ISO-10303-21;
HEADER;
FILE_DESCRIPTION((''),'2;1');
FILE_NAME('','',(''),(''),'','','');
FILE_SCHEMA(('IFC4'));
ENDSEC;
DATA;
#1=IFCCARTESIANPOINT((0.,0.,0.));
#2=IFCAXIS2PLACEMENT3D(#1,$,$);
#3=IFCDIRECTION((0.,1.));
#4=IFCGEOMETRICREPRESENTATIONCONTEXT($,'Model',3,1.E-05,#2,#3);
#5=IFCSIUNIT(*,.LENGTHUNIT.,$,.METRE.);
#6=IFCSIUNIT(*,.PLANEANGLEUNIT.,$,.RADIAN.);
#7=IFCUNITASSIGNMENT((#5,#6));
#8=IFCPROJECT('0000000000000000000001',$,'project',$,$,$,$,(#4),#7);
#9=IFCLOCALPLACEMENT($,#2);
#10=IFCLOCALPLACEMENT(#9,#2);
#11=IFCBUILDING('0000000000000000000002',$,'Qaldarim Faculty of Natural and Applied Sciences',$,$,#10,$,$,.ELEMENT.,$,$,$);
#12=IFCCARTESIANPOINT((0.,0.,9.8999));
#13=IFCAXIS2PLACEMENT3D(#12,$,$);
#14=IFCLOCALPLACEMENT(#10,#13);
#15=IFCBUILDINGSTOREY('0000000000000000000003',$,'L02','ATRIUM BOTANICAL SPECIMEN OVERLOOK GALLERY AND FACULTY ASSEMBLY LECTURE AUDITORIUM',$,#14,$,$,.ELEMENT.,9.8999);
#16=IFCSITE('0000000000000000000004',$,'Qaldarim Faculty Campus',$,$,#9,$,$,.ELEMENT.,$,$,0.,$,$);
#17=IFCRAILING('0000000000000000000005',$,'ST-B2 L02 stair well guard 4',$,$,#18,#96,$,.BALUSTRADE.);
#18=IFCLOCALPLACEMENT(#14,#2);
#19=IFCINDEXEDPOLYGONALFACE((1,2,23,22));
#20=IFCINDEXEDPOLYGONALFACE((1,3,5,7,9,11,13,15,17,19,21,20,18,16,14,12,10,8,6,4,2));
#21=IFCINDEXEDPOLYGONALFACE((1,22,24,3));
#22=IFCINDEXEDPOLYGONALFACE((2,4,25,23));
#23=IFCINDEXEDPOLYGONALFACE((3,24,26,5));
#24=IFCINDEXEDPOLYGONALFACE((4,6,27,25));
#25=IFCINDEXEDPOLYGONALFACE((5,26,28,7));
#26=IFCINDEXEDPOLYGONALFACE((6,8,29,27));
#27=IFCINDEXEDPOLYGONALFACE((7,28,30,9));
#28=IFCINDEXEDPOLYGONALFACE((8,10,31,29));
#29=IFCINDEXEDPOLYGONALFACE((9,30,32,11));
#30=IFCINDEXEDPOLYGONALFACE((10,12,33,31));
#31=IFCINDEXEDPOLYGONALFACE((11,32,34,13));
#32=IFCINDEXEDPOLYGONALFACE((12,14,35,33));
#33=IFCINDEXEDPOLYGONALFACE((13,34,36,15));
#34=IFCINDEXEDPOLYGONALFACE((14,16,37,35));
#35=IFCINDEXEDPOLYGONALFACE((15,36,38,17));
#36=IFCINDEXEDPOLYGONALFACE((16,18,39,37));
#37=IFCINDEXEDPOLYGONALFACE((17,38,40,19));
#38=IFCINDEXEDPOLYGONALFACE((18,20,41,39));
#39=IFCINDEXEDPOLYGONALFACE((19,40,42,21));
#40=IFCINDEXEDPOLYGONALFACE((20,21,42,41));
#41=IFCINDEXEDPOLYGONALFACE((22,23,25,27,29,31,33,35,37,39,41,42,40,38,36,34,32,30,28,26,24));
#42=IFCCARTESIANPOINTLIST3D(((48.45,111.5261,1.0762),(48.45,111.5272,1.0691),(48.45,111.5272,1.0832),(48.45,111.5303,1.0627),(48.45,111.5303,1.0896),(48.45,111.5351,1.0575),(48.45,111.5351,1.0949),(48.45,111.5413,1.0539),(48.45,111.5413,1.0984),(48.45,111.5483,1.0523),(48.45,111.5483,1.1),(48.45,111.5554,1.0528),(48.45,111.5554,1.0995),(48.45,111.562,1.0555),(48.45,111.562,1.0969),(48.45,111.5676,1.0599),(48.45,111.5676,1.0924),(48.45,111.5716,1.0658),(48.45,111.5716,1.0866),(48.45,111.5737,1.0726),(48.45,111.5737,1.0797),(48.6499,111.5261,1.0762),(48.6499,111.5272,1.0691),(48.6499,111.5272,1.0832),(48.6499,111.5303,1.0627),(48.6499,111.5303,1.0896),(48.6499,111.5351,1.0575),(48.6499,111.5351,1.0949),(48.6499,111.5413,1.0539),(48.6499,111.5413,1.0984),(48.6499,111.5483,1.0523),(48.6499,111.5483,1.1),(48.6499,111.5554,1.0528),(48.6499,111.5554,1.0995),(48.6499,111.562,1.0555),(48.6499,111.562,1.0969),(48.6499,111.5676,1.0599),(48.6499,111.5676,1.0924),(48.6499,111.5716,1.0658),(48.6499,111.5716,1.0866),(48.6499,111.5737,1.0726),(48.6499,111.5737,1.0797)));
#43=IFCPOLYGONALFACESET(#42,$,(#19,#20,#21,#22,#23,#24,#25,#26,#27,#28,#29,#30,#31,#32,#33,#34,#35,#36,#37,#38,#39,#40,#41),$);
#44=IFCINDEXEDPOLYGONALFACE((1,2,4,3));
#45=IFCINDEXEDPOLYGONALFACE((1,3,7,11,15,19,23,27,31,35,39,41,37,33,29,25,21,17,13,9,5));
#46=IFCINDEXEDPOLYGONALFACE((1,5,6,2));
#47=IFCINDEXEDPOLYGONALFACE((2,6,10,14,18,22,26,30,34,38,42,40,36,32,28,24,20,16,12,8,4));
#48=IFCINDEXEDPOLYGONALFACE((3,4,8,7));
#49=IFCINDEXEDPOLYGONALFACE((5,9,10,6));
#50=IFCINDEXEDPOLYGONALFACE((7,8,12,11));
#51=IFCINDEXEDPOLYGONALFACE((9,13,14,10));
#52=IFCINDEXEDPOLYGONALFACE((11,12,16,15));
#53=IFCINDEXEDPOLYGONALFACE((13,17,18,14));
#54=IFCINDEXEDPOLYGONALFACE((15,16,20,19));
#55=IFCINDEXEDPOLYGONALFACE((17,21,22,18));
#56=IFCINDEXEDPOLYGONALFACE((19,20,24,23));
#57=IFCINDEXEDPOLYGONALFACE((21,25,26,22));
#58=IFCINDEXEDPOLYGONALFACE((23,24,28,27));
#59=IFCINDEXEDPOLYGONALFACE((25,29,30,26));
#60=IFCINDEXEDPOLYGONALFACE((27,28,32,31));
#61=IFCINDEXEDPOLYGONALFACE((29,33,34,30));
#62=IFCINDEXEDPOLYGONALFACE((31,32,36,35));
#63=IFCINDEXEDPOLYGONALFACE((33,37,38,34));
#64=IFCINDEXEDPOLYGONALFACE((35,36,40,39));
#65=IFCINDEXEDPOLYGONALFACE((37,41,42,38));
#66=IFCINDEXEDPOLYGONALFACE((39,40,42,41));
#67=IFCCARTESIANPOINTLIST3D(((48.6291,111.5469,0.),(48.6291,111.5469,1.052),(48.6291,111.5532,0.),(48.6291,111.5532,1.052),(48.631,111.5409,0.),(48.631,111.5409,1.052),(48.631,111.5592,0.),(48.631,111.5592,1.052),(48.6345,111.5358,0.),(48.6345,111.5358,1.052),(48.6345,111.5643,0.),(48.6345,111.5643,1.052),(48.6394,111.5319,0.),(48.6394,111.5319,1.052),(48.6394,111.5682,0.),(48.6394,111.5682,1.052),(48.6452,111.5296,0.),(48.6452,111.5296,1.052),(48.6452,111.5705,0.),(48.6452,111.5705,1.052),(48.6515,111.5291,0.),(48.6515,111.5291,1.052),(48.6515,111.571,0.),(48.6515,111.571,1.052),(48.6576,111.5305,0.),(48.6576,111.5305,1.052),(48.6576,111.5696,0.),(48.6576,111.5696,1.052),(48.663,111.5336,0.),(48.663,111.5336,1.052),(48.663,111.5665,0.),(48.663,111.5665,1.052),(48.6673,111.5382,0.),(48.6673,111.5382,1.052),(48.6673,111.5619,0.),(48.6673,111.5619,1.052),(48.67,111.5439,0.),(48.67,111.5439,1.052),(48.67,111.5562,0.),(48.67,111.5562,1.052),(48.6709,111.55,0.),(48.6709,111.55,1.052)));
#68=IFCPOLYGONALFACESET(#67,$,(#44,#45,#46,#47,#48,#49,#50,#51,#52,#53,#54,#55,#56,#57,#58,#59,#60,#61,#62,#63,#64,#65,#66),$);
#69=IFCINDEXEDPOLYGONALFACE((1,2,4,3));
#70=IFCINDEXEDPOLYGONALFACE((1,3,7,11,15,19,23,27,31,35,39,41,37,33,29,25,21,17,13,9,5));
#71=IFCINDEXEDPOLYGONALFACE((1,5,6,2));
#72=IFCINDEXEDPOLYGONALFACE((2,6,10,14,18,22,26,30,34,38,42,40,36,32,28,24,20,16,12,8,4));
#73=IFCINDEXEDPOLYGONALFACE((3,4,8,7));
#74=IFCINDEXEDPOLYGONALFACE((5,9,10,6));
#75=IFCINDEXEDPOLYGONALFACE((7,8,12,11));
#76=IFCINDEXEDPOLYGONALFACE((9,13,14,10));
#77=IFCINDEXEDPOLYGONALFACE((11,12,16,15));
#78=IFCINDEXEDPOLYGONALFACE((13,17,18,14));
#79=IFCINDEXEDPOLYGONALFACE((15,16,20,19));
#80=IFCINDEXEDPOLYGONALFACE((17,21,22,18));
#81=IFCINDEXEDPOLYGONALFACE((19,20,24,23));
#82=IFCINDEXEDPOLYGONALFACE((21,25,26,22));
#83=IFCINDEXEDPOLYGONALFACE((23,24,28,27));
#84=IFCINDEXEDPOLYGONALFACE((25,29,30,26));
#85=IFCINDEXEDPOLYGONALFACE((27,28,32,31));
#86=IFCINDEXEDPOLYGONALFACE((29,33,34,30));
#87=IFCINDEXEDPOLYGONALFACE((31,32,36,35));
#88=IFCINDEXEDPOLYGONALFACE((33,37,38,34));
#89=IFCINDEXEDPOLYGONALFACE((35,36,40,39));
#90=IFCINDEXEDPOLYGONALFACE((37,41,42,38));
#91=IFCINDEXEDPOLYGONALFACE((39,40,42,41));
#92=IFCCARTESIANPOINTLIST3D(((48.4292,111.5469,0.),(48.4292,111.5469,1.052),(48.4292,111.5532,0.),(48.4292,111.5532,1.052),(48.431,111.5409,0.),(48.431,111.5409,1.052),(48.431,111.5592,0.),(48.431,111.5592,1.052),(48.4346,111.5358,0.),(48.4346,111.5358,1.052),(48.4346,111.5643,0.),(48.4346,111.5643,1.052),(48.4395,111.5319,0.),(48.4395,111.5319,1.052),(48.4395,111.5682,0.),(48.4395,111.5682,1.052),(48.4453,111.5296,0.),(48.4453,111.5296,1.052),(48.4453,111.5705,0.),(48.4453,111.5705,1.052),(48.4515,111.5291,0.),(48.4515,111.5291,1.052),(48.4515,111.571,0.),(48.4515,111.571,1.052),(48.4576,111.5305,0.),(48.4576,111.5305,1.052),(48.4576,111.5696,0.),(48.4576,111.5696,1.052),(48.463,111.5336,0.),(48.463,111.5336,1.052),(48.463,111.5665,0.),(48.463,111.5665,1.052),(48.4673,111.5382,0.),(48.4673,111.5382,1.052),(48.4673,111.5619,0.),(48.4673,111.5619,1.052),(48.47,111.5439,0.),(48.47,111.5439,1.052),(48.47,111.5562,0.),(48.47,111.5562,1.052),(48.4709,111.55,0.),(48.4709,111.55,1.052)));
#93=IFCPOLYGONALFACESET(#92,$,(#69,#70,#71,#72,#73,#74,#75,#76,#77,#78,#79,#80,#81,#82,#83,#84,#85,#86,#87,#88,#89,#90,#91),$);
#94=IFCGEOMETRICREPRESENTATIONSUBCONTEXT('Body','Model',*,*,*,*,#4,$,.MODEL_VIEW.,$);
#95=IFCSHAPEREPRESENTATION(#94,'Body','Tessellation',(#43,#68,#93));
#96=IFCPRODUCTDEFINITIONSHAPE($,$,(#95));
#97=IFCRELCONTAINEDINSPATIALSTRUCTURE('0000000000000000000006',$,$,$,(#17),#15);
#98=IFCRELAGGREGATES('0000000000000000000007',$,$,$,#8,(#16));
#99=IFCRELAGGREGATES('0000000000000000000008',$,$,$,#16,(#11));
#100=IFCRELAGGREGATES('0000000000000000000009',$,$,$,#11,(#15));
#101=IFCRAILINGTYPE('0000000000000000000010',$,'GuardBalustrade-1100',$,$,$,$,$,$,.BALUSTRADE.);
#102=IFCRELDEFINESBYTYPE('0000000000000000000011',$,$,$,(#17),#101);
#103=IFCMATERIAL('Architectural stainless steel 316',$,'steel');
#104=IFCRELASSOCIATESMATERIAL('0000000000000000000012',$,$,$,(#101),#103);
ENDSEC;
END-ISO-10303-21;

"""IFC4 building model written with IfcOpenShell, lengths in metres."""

from ifc_helpers import new_model, si_unit, direction, frame, origin, origin_2d, place, context, subcontext, project, spatial, circle, extrude, material, type_object, element, save


model = new_model("IFC4")

# Units and contexts
model_context = context("Model", 3, precision=1e-05, world=origin(), true_north=direction((0.0, 1.0)))
body_context = subcontext(model_context, "Body", "Model", "MODEL_VIEW")
ifc_project = project(units=[si_unit("LENGTHUNIT", "METRE"), si_unit("PLANEANGLEUNIT", "RADIAN")], contexts=[model_context])

# Site, building, storey
site_placement = place(None, origin())
site = spatial("IfcSite", under=ifc_project, at=site_placement, Name="Qaldarim Faculty Campus", CompositionType="ELEMENT", RefElevation=0.0)
building_placement = place(site_placement, origin())
building = spatial("IfcBuilding", under=site, at=building_placement, Name="Qaldarim Faculty of Natural and Applied Sciences", CompositionType="ELEMENT")
storey_placement = place(building_placement, frame((0.0, 0.0, 9.8999)))
storey = spatial("IfcBuildingStorey", under=building, at=storey_placement, Name="L02", Description="ATRIUM BOTANICAL SPECIMEN OVERLOOK GALLERY AND FACULTY ASSEMBLY LECTURE AUDITORIUM", CompositionType="ELEMENT", Elevation=9.8999)

# Shared definitions
ifc_material_1 = material(Name="Architectural stainless steel 316", Category="steel")

# Railing
railing_type_1 = type_object("IfcRailingType", Name="GuardBalustrade-1100", PredefinedType="BALUSTRADE", material=ifc_material_1)
railing_1_placement = place(storey_placement, frame((48.6499, 111.55, 0.0)))
element("IfcRailing", 1, at=railing_1_placement, inside=storey, type_object=railing_type_1, Name="ST-B2 L02 stair well guard 4", PredefinedType="BALUSTRADE", context=body_context, shape_type="SweptSolid", body=[
    extrude(circle(Radius=0.0239, at=origin_2d()), frame((0.0, 0.0, 1.0762), z_axis=(-1.0, 0.0, 0.0), x_axis=(0.0, -1.0, 0.0)), (0.0, 0.0, 1.0), 0.2),
    extrude(circle(Radius=0.021, at=origin_2d()), origin(), (0.0, 0.0, 1.0), 1.052),
    extrude(circle(Radius=0.021, at=origin_2d()), frame((-0.2, 0.0, 0.0)), (0.0, 0.0, 1.0), 1.052),
])

save(model, "model.ifc")
